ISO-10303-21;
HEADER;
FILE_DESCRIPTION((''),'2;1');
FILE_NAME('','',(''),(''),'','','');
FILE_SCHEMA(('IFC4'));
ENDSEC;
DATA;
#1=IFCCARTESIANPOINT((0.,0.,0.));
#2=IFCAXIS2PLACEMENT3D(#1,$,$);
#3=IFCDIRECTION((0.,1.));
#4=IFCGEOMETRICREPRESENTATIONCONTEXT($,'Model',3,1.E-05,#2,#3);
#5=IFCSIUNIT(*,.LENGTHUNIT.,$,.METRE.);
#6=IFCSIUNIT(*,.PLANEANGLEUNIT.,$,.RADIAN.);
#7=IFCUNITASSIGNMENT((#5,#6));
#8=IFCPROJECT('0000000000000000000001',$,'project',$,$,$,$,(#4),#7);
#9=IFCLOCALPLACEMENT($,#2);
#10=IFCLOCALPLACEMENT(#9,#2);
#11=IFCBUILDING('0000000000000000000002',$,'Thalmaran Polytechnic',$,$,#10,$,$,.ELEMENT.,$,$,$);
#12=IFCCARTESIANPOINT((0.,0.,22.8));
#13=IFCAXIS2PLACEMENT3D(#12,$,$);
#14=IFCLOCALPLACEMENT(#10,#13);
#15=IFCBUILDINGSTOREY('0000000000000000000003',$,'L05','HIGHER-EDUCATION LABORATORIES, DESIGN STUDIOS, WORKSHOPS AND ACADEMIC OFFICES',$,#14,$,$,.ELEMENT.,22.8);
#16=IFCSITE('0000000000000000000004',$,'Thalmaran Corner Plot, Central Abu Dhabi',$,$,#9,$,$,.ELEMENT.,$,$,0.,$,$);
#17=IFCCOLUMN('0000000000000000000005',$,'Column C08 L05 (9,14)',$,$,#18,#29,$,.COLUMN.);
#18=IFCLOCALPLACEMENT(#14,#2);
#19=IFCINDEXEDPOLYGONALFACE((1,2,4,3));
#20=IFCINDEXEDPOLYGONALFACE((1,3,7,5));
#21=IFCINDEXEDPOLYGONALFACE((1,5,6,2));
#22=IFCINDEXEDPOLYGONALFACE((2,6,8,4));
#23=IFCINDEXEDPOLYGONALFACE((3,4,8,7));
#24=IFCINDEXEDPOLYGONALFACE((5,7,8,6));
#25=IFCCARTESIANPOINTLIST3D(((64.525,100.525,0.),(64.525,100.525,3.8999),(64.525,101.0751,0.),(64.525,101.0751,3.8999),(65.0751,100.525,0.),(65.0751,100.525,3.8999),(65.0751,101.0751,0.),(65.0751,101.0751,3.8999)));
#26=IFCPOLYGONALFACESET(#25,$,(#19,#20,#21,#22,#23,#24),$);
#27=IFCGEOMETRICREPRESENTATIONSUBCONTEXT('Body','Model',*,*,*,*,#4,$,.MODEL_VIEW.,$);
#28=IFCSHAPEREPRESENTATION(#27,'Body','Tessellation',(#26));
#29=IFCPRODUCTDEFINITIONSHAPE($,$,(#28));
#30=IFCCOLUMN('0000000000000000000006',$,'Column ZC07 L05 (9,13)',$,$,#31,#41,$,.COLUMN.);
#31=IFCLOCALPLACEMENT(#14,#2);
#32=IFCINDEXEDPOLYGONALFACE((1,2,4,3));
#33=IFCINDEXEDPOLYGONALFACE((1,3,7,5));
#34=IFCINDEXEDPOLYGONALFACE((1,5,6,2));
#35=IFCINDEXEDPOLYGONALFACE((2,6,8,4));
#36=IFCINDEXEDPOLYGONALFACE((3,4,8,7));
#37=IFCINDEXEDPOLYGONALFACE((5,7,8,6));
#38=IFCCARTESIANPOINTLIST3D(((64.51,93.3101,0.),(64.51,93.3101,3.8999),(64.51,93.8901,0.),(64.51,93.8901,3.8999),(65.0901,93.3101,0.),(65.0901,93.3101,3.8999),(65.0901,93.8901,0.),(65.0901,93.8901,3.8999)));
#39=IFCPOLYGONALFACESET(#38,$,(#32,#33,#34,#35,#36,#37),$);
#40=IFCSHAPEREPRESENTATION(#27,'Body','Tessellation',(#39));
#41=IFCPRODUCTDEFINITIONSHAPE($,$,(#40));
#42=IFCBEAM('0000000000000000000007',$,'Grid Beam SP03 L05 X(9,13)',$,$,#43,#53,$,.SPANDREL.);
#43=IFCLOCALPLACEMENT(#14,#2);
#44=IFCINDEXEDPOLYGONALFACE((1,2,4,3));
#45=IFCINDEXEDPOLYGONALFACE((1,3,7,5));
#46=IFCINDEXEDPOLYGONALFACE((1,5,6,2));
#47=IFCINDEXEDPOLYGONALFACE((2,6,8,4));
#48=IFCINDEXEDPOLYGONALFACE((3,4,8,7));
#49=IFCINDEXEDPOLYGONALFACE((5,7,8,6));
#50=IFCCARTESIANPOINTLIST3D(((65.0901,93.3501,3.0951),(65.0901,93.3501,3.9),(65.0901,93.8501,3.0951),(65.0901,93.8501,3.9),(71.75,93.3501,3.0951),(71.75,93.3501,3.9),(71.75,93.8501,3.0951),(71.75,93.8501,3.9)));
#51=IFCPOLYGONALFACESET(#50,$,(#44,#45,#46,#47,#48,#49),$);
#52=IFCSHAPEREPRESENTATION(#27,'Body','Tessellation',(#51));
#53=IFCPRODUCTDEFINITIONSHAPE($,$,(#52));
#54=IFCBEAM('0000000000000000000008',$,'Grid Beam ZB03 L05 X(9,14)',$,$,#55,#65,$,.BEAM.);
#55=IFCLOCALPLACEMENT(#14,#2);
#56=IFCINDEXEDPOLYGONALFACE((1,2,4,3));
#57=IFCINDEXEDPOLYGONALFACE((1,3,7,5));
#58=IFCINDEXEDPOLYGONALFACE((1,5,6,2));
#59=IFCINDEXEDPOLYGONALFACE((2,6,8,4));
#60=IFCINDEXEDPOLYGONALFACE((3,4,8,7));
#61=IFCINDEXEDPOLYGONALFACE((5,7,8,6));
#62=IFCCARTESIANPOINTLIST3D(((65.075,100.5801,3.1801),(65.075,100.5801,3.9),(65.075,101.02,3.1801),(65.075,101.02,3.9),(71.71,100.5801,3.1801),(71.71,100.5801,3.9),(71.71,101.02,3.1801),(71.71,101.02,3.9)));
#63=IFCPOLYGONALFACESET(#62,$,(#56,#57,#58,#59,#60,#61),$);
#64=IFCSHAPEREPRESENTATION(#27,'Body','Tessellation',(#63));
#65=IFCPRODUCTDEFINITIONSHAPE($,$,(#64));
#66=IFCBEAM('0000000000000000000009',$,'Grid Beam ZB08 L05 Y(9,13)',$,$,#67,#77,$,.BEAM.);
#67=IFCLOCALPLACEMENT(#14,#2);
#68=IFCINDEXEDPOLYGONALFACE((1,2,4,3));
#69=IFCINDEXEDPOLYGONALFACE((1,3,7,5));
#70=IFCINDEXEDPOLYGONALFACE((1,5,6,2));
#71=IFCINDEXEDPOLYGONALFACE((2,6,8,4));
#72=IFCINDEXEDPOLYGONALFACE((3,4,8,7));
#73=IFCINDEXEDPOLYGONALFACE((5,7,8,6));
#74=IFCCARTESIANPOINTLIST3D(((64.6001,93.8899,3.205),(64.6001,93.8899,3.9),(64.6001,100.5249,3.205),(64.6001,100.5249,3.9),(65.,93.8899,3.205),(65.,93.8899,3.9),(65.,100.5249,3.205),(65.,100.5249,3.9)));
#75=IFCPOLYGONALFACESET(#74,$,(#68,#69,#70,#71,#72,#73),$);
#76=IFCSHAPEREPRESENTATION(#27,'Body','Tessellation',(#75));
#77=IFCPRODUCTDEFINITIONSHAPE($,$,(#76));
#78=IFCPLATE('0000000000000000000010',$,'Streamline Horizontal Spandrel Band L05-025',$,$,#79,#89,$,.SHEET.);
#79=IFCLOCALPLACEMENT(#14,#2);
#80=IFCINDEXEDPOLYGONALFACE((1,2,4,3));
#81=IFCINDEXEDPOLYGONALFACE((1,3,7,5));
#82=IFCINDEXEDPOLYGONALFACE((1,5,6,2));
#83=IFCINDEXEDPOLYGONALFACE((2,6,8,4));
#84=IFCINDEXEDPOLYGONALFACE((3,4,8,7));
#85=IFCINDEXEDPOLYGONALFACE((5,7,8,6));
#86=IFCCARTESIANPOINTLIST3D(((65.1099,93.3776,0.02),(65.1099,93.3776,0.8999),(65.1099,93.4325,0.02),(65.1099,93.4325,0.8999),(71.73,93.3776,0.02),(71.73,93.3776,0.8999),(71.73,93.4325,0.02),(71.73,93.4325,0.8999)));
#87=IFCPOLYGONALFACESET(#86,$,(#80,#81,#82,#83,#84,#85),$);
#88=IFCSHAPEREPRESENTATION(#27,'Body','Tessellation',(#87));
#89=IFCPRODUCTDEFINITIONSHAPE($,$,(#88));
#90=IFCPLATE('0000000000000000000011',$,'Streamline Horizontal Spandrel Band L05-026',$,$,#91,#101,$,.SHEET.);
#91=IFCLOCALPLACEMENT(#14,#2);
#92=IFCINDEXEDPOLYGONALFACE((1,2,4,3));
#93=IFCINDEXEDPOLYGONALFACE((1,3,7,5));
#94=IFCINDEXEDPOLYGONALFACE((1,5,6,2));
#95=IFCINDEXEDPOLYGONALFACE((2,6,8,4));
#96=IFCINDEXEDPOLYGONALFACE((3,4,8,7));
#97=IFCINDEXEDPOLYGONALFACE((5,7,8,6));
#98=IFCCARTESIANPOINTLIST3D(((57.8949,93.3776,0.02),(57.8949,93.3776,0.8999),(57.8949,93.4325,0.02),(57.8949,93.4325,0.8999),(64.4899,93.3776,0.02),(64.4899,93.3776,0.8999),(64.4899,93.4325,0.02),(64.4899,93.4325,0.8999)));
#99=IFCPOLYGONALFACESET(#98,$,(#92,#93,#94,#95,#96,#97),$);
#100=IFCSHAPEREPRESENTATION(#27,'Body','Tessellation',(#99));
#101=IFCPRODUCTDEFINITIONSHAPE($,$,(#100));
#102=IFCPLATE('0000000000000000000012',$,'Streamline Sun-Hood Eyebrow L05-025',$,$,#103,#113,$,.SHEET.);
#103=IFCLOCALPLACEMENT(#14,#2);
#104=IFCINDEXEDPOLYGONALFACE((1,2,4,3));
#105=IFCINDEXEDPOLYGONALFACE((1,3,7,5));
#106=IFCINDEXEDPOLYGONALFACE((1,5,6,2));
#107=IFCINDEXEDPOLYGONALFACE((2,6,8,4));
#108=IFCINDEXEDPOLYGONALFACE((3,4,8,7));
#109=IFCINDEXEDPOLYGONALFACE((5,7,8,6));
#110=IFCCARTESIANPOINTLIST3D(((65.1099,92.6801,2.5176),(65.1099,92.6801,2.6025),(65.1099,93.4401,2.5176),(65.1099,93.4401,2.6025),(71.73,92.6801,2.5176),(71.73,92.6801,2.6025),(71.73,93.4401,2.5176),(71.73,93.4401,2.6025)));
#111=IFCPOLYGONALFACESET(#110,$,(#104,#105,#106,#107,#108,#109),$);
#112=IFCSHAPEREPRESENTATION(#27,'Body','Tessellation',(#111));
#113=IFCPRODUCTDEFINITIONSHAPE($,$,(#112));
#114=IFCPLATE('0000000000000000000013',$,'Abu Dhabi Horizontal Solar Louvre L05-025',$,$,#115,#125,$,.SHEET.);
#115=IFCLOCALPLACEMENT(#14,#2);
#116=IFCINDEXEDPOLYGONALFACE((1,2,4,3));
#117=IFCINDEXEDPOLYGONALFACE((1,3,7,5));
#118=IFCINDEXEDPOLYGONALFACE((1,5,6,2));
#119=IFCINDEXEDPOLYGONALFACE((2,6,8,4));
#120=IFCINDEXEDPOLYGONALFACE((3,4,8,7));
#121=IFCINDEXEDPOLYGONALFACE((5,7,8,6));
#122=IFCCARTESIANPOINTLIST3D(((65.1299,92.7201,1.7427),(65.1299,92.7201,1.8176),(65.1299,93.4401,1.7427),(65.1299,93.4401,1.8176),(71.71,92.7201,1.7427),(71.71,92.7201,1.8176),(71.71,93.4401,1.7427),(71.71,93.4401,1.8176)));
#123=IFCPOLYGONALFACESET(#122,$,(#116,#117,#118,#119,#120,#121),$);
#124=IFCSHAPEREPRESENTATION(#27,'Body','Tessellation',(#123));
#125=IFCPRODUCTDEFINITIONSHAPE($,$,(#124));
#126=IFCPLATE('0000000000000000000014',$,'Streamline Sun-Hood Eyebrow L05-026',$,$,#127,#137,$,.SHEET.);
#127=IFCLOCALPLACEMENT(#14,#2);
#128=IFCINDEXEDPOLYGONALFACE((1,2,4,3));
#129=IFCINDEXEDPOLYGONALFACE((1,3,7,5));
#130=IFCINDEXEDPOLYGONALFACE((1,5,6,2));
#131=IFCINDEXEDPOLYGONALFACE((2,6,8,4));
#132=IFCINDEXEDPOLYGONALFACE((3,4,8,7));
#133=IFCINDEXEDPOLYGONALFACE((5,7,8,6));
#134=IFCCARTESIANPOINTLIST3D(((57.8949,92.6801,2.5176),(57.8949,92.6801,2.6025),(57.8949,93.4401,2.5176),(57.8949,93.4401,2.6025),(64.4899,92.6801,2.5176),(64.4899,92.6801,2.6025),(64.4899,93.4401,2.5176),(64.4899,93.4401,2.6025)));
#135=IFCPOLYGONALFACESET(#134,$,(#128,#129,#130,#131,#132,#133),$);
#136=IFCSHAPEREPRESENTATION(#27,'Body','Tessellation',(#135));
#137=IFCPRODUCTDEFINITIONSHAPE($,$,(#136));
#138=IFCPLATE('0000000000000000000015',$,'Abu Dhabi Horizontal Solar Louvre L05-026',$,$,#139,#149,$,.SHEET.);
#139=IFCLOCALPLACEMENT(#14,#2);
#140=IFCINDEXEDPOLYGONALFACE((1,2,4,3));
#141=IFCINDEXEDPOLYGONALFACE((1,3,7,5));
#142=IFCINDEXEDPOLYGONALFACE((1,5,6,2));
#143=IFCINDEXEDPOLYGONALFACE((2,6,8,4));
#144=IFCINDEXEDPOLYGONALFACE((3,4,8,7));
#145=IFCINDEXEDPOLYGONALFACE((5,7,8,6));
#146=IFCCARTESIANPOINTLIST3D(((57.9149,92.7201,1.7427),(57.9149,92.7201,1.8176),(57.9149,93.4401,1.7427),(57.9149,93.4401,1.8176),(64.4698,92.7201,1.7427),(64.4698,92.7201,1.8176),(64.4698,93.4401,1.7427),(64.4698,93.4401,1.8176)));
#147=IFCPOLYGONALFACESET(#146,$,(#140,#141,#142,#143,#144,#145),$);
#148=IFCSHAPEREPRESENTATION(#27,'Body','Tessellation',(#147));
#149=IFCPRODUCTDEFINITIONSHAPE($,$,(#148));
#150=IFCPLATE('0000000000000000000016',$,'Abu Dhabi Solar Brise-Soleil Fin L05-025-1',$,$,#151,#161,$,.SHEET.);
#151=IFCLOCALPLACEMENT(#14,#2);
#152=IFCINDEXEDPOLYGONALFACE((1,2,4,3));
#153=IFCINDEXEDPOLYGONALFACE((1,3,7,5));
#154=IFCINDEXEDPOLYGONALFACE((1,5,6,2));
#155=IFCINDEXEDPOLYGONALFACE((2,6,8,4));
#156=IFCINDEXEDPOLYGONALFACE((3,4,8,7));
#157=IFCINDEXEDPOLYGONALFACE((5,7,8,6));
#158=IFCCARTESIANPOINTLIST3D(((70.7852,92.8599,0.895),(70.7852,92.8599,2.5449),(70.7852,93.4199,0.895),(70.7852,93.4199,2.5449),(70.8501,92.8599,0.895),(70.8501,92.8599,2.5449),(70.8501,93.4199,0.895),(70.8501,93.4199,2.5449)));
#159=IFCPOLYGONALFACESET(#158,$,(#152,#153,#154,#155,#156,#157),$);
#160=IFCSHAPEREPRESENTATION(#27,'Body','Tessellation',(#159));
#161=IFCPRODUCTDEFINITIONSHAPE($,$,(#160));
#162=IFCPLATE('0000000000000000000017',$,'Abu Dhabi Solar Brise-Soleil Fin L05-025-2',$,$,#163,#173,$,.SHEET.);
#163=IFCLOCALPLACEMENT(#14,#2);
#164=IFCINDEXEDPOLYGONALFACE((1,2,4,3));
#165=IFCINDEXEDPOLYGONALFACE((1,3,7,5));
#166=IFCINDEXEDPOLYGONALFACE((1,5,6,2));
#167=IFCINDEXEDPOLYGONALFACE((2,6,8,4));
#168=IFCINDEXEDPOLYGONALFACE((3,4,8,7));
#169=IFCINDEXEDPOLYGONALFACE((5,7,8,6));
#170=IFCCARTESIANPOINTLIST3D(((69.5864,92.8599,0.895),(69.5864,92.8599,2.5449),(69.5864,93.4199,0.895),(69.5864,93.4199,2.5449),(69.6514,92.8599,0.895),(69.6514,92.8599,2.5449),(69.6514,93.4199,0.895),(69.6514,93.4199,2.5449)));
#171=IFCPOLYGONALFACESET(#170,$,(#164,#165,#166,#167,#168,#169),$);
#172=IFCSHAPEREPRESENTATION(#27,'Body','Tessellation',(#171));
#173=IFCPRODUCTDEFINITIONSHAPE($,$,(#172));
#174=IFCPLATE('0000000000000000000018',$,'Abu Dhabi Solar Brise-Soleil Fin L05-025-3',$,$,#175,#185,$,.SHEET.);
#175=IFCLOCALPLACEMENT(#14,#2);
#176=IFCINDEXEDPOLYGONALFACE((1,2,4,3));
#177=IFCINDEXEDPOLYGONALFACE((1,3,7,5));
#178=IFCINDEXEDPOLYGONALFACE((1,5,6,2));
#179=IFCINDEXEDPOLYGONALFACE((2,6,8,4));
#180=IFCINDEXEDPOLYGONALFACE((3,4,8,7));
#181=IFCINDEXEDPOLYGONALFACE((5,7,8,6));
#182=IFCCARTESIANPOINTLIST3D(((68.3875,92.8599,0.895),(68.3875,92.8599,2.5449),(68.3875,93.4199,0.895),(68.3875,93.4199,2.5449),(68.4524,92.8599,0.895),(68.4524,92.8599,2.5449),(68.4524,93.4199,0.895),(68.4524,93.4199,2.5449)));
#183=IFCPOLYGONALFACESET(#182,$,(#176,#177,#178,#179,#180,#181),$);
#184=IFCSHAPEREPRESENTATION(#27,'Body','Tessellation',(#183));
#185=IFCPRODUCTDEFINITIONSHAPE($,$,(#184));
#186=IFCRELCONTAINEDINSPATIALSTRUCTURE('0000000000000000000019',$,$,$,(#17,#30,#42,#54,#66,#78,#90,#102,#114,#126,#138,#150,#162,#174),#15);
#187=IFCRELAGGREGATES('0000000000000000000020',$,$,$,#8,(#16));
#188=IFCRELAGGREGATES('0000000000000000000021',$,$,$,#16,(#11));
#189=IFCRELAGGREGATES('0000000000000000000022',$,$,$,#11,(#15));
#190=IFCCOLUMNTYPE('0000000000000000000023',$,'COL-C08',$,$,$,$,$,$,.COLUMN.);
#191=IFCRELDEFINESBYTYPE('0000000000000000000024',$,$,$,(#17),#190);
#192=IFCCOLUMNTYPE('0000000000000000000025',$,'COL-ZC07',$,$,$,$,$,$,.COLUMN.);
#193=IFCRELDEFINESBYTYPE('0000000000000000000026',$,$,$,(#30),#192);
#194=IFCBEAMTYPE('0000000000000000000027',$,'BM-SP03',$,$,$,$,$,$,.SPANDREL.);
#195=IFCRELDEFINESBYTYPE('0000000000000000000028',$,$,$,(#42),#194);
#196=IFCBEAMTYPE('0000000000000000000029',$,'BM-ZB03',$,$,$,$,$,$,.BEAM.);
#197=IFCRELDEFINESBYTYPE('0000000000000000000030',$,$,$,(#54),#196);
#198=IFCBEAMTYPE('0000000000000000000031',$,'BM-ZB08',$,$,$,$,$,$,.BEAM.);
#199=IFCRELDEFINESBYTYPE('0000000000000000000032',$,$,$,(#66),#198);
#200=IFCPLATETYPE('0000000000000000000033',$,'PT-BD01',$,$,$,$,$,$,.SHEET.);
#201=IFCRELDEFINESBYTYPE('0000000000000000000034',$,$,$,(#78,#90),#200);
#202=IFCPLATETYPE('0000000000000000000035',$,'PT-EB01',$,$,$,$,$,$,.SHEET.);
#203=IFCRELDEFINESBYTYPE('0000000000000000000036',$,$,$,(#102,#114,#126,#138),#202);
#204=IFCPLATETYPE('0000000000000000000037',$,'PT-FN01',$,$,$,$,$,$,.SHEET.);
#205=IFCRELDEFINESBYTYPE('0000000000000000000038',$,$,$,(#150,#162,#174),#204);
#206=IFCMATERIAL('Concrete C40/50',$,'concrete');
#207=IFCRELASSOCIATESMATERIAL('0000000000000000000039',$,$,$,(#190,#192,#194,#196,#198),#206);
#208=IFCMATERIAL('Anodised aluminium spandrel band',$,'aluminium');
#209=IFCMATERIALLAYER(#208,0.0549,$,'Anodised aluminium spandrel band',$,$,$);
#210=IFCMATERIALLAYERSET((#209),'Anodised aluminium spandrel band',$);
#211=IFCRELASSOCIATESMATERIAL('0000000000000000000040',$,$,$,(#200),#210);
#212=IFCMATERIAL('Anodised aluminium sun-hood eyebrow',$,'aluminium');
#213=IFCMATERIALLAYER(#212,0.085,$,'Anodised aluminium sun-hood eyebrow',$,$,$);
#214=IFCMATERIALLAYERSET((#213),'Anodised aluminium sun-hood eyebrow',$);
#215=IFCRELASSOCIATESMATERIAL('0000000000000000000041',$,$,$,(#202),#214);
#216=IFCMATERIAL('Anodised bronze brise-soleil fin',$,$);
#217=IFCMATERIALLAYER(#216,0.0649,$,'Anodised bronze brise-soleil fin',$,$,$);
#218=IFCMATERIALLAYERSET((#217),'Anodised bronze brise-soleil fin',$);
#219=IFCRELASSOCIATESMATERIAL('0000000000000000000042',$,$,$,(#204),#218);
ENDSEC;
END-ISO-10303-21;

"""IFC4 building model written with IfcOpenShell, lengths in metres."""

from ifc_helpers import new_model, si_unit, direction, frame, origin, origin_2d, place, context, subcontext, project, spatial, rectangle, extrude, material, layer, layer_set, material_profile, profile_set, type_object, element, save


model = new_model("IFC4")

# Units and contexts
model_context = context("Model", 3, precision=1e-05, world=origin(), true_north=direction((0.0, 1.0)))
body_context = subcontext(model_context, "Body", "Model", "MODEL_VIEW")
ifc_project = project(units=[si_unit("LENGTHUNIT", "METRE"), si_unit("PLANEANGLEUNIT", "RADIAN")], contexts=[model_context])

# Site, building, storey
site_placement = place(None, origin())
site = spatial("IfcSite", under=ifc_project, at=site_placement, Name="Thalmaran Corner Plot, Central Abu Dhabi", CompositionType="ELEMENT", RefElevation=0.0)
building_placement = place(site_placement, origin())
building = spatial("IfcBuilding", under=site, at=building_placement, Name="Thalmaran Polytechnic", CompositionType="ELEMENT")
storey_placement = place(building_placement, frame((0.0, 0.0, 22.8)))
storey = spatial("IfcBuildingStorey", under=building, at=storey_placement, Name="L05", Description="HIGHER-EDUCATION LABORATORIES, DESIGN STUDIOS, WORKSHOPS AND ACADEMIC OFFICES", CompositionType="ELEMENT", Elevation=22.8)

# Columns
ifc_material_1 = material(Name="Concrete C40/50", Category="concrete")
ifc_material_profile_1 = material_profile(ifc_material_1, rectangle(XDim=0.55, YDim=0.55, at=origin_2d()), Name="RC 550x550")
ifc_profile_set_1 = profile_set([ifc_material_profile_1], Name="Concrete C40/50")
column_type_1 = type_object("IfcColumnType", Name="COL-C08", PredefinedType="COLUMN", material=ifc_profile_set_1)
column_1_placement = place(storey_placement, frame((64.8, 100.8, 0.0), z_axis=(0.0, 0.0, 1.0), x_axis=(1.0, 0.0, 0.0)))
element("IfcColumn", 1, at=column_1_placement, inside=storey, type_object=column_type_1, Name="Column C08 L05 (9,14)", PredefinedType="COLUMN", context=body_context, shape_type="SweptSolid", body=[
    extrude(rectangle(XDim=0.55, YDim=0.55, at=origin_2d()), origin(), (0.0, 0.0, 1.0), 3.8999),
])
ifc_material_profile_2 = material_profile(ifc_material_1, rectangle(XDim=0.5801, YDim=0.5801, at=origin_2d()), Name="RC 580x580")
ifc_profile_set_2 = profile_set([ifc_material_profile_2], Name="Concrete C40/50")
column_type_2 = type_object("IfcColumnType", Name="COL-ZC07", PredefinedType="COLUMN", material=ifc_profile_set_2)
column_2_placement = place(storey_placement, frame((64.8, 93.6001, 0.0), z_axis=(0.0, 0.0, 1.0), x_axis=(1.0, 0.0, 0.0)))
element("IfcColumn", 2, at=column_2_placement, inside=storey, type_object=column_type_2, Name="Column ZC07 L05 (9,13)", PredefinedType="COLUMN", context=body_context, shape_type="SweptSolid", body=[
    extrude(rectangle(XDim=0.5801, YDim=0.5801, at=origin_2d()), origin(), (0.0, 0.0, 1.0), 3.8999),
])

# Beams
ifc_material_profile_3 = material_profile(ifc_material_1, rectangle(XDim=0.5, YDim=0.8049, at=origin_2d()), Name="RC 500x805")
ifc_profile_set_3 = profile_set([ifc_material_profile_3], Name="Concrete C40/50")
beam_type_1 = type_object("IfcBeamType", Name="BM-SP03", PredefinedType="SPANDREL", material=ifc_profile_set_3)
beam_1_placement = place(storey_placement, frame((65.0901, 93.6001, 3.4976), z_axis=(1.0, 0.0, 0.0), x_axis=(0.0, 1.0, 0.0)))
element("IfcBeam", 3, at=beam_1_placement, inside=storey, type_object=beam_type_1, Name="Grid Beam SP03 L05 X(9,13)", PredefinedType="SPANDREL", context=body_context, shape_type="SweptSolid", body=[
    extrude(rectangle(XDim=0.5, YDim=0.8049, at=origin_2d()), origin(), (0.0, 0.0, 1.0), 6.6599),
])
ifc_material_profile_4 = material_profile(ifc_material_1, rectangle(XDim=0.4399, YDim=0.72, at=origin_2d()), Name="RC 440x720")
ifc_profile_set_4 = profile_set([ifc_material_profile_4], Name="Concrete C40/50")
beam_type_2 = type_object("IfcBeamType", Name="BM-ZB03", PredefinedType="BEAM", material=ifc_profile_set_4)
beam_2_placement = place(storey_placement, frame((65.075, 100.8, 3.54), z_axis=(1.0, 0.0, 0.0), x_axis=(0.0, 1.0, 0.0)))
element("IfcBeam", 4, at=beam_2_placement, inside=storey, type_object=beam_type_2, Name="Grid Beam ZB03 L05 X(9,14)", PredefinedType="BEAM", context=body_context, shape_type="SweptSolid", body=[
    extrude(rectangle(XDim=0.4399, YDim=0.72, at=origin_2d()), origin(), (0.0, 0.0, 1.0), 6.635),
])
ifc_material_profile_5 = material_profile(ifc_material_1, rectangle(XDim=0.3999, YDim=0.6951, at=origin_2d()), Name="RC 400x695")
ifc_profile_set_5 = profile_set([ifc_material_profile_5], Name="Concrete C40/50")
beam_type_3 = type_object("IfcBeamType", Name="BM-ZB08", PredefinedType="BEAM", material=ifc_profile_set_5)
beam_3_placement = place(storey_placement, frame((64.8, 93.8899, 3.5525), z_axis=(0.0, 1.0, 0.0), x_axis=(-1.0, 0.0, 0.0)))
element("IfcBeam", 5, at=beam_3_placement, inside=storey, type_object=beam_type_3, Name="Grid Beam ZB08 L05 Y(9,13)", PredefinedType="BEAM", context=body_context, shape_type="SweptSolid", body=[
    extrude(rectangle(XDim=0.3999, YDim=0.6951, at=origin_2d()), origin(), (0.0, 0.0, 1.0), 6.635),
])

# Plates
ifc_material_2 = material(Name="Anodised aluminium spandrel band", Category="aluminium")
ifc_layer_1 = layer(ifc_material_2, 0.0549, Name="Anodised aluminium spandrel band")
ifc_layer_set_1 = layer_set([ifc_layer_1], Name="Anodised aluminium spandrel band")
plate_type_1 = type_object("IfcPlateType", Name="PT-BD01", PredefinedType="SHEET", material=ifc_layer_set_1)
plate_1_placement = place(storey_placement, frame((68.4199, 93.405, 0.02), z_axis=(0.0, 0.0, 1.0), x_axis=(-1.0, 0.0, 0.0)))
element("IfcPlate", 6, at=plate_1_placement, inside=storey, type_object=plate_type_1, Name="Streamline Horizontal Spandrel Band L05-025", PredefinedType="SHEET", context=body_context, shape_type="SweptSolid", body=[
    extrude(rectangle(XDim=6.6201, YDim=0.0549, at=origin_2d()), origin(), (0.0, 0.0, 1.0), 0.8799),
])
plate_2_placement = place(storey_placement, frame((61.1924, 93.405, 0.02), z_axis=(0.0, 0.0, 1.0), x_axis=(-1.0, 0.0, 0.0)))
element("IfcPlate", 7, at=plate_2_placement, inside=storey, type_object=plate_type_1, Name="Streamline Horizontal Spandrel Band L05-026", PredefinedType="SHEET", context=body_context, shape_type="SweptSolid", body=[
    extrude(rectangle(XDim=6.595, YDim=0.0549, at=origin_2d()), origin(), (0.0, 0.0, 1.0), 0.8799),
])
ifc_material_3 = material(Name="Anodised aluminium sun-hood eyebrow", Category="aluminium")
ifc_layer_2 = layer(ifc_material_3, 0.085, Name="Anodised aluminium sun-hood eyebrow")
ifc_layer_set_2 = layer_set([ifc_layer_2], Name="Anodised aluminium sun-hood eyebrow")
plate_type_2 = type_object("IfcPlateType", Name="PT-EB01", PredefinedType="SHEET", material=ifc_layer_set_2)
plate_3_placement = place(storey_placement, frame((68.4199, 93.0601, 2.5176), z_axis=(0.0, 0.0, 1.0), x_axis=(-1.0, 0.0, 0.0)))
element("IfcPlate", 8, at=plate_3_placement, inside=storey, type_object=plate_type_2, Name="Streamline Sun-Hood Eyebrow L05-025", PredefinedType="SHEET", context=body_context, shape_type="SweptSolid", body=[
    extrude(rectangle(XDim=6.6201, YDim=0.76, at=origin_2d()), origin(), (0.0, 0.0, 1.0), 0.085),
])
plate_4_placement = place(storey_placement, frame((68.4199, 93.0801, 1.7427), z_axis=(0.0, 0.0, 1.0), x_axis=(-1.0, 0.0, 0.0)))
element("IfcPlate", 9, at=plate_4_placement, inside=storey, type_object=plate_type_2, Name="Abu Dhabi Horizontal Solar Louvre L05-025", PredefinedType="SHEET", context=body_context, shape_type="SweptSolid", body=[
    extrude(rectangle(XDim=6.5801, YDim=0.72, at=origin_2d()), origin(), (0.0, 0.0, 1.0), 0.075),
])
plate_5_placement = place(storey_placement, frame((61.1924, 93.0601, 2.5176), z_axis=(0.0, 0.0, 1.0), x_axis=(-1.0, 0.0, 0.0)))
element("IfcPlate", 10, at=plate_5_placement, inside=storey, type_object=plate_type_2, Name="Streamline Sun-Hood Eyebrow L05-026", PredefinedType="SHEET", context=body_context, shape_type="SweptSolid", body=[
    extrude(rectangle(XDim=6.595, YDim=0.76, at=origin_2d()), origin(), (0.0, 0.0, 1.0), 0.085),
])
plate_6_placement = place(storey_placement, frame((61.1924, 93.0801, 1.7427), z_axis=(0.0, 0.0, 1.0), x_axis=(-1.0, 0.0, 0.0)))
element("IfcPlate", 11, at=plate_6_placement, inside=storey, type_object=plate_type_2, Name="Abu Dhabi Horizontal Solar Louvre L05-026", PredefinedType="SHEET", context=body_context, shape_type="SweptSolid", body=[
    extrude(rectangle(XDim=6.5549, YDim=0.72, at=origin_2d()), origin(), (0.0, 0.0, 1.0), 0.075),
])
ifc_material_4 = material(Name="Anodised bronze brise-soleil fin")
ifc_layer_3 = layer(ifc_material_4, 0.0649, Name="Anodised bronze brise-soleil fin")
ifc_layer_set_3 = layer_set([ifc_layer_3], Name="Anodised bronze brise-soleil fin")
plate_type_3 = type_object("IfcPlateType", Name="PT-FN01", PredefinedType="SHEET", material=ifc_layer_set_3)
for number, where, z_axis, x_axis, name in (
    (12, (70.8176, 93.1399, 0.895), (0.0, 0.0, 1.0), (-1.0, 0.0, 0.0), "Abu Dhabi Solar Brise-Soleil Fin L05-025-1"),
    (13, (69.6189, 93.1399, 0.895), (0.0, 0.0, 1.0), (-1.0, 0.0, 0.0), "Abu Dhabi Solar Brise-Soleil Fin L05-025-2"),
    (14, (68.4199, 93.1399, 0.895), (0.0, 0.0, 1.0), (-1.0, 0.0, 0.0), "Abu Dhabi Solar Brise-Soleil Fin L05-025-3"),
):
    element("IfcPlate", number, at=place(storey_placement, frame(where, z_axis=z_axis, x_axis=x_axis)), inside=storey, type_object=plate_type_3, Name=name, PredefinedType="SHEET", context=body_context, shape_type="SweptSolid", body=[
        extrude(rectangle(XDim=0.0649, YDim=0.5601, at=origin_2d()), origin(), (0.0, 0.0, 1.0), 1.6499),
    ])

save(model, "model.ifc")
